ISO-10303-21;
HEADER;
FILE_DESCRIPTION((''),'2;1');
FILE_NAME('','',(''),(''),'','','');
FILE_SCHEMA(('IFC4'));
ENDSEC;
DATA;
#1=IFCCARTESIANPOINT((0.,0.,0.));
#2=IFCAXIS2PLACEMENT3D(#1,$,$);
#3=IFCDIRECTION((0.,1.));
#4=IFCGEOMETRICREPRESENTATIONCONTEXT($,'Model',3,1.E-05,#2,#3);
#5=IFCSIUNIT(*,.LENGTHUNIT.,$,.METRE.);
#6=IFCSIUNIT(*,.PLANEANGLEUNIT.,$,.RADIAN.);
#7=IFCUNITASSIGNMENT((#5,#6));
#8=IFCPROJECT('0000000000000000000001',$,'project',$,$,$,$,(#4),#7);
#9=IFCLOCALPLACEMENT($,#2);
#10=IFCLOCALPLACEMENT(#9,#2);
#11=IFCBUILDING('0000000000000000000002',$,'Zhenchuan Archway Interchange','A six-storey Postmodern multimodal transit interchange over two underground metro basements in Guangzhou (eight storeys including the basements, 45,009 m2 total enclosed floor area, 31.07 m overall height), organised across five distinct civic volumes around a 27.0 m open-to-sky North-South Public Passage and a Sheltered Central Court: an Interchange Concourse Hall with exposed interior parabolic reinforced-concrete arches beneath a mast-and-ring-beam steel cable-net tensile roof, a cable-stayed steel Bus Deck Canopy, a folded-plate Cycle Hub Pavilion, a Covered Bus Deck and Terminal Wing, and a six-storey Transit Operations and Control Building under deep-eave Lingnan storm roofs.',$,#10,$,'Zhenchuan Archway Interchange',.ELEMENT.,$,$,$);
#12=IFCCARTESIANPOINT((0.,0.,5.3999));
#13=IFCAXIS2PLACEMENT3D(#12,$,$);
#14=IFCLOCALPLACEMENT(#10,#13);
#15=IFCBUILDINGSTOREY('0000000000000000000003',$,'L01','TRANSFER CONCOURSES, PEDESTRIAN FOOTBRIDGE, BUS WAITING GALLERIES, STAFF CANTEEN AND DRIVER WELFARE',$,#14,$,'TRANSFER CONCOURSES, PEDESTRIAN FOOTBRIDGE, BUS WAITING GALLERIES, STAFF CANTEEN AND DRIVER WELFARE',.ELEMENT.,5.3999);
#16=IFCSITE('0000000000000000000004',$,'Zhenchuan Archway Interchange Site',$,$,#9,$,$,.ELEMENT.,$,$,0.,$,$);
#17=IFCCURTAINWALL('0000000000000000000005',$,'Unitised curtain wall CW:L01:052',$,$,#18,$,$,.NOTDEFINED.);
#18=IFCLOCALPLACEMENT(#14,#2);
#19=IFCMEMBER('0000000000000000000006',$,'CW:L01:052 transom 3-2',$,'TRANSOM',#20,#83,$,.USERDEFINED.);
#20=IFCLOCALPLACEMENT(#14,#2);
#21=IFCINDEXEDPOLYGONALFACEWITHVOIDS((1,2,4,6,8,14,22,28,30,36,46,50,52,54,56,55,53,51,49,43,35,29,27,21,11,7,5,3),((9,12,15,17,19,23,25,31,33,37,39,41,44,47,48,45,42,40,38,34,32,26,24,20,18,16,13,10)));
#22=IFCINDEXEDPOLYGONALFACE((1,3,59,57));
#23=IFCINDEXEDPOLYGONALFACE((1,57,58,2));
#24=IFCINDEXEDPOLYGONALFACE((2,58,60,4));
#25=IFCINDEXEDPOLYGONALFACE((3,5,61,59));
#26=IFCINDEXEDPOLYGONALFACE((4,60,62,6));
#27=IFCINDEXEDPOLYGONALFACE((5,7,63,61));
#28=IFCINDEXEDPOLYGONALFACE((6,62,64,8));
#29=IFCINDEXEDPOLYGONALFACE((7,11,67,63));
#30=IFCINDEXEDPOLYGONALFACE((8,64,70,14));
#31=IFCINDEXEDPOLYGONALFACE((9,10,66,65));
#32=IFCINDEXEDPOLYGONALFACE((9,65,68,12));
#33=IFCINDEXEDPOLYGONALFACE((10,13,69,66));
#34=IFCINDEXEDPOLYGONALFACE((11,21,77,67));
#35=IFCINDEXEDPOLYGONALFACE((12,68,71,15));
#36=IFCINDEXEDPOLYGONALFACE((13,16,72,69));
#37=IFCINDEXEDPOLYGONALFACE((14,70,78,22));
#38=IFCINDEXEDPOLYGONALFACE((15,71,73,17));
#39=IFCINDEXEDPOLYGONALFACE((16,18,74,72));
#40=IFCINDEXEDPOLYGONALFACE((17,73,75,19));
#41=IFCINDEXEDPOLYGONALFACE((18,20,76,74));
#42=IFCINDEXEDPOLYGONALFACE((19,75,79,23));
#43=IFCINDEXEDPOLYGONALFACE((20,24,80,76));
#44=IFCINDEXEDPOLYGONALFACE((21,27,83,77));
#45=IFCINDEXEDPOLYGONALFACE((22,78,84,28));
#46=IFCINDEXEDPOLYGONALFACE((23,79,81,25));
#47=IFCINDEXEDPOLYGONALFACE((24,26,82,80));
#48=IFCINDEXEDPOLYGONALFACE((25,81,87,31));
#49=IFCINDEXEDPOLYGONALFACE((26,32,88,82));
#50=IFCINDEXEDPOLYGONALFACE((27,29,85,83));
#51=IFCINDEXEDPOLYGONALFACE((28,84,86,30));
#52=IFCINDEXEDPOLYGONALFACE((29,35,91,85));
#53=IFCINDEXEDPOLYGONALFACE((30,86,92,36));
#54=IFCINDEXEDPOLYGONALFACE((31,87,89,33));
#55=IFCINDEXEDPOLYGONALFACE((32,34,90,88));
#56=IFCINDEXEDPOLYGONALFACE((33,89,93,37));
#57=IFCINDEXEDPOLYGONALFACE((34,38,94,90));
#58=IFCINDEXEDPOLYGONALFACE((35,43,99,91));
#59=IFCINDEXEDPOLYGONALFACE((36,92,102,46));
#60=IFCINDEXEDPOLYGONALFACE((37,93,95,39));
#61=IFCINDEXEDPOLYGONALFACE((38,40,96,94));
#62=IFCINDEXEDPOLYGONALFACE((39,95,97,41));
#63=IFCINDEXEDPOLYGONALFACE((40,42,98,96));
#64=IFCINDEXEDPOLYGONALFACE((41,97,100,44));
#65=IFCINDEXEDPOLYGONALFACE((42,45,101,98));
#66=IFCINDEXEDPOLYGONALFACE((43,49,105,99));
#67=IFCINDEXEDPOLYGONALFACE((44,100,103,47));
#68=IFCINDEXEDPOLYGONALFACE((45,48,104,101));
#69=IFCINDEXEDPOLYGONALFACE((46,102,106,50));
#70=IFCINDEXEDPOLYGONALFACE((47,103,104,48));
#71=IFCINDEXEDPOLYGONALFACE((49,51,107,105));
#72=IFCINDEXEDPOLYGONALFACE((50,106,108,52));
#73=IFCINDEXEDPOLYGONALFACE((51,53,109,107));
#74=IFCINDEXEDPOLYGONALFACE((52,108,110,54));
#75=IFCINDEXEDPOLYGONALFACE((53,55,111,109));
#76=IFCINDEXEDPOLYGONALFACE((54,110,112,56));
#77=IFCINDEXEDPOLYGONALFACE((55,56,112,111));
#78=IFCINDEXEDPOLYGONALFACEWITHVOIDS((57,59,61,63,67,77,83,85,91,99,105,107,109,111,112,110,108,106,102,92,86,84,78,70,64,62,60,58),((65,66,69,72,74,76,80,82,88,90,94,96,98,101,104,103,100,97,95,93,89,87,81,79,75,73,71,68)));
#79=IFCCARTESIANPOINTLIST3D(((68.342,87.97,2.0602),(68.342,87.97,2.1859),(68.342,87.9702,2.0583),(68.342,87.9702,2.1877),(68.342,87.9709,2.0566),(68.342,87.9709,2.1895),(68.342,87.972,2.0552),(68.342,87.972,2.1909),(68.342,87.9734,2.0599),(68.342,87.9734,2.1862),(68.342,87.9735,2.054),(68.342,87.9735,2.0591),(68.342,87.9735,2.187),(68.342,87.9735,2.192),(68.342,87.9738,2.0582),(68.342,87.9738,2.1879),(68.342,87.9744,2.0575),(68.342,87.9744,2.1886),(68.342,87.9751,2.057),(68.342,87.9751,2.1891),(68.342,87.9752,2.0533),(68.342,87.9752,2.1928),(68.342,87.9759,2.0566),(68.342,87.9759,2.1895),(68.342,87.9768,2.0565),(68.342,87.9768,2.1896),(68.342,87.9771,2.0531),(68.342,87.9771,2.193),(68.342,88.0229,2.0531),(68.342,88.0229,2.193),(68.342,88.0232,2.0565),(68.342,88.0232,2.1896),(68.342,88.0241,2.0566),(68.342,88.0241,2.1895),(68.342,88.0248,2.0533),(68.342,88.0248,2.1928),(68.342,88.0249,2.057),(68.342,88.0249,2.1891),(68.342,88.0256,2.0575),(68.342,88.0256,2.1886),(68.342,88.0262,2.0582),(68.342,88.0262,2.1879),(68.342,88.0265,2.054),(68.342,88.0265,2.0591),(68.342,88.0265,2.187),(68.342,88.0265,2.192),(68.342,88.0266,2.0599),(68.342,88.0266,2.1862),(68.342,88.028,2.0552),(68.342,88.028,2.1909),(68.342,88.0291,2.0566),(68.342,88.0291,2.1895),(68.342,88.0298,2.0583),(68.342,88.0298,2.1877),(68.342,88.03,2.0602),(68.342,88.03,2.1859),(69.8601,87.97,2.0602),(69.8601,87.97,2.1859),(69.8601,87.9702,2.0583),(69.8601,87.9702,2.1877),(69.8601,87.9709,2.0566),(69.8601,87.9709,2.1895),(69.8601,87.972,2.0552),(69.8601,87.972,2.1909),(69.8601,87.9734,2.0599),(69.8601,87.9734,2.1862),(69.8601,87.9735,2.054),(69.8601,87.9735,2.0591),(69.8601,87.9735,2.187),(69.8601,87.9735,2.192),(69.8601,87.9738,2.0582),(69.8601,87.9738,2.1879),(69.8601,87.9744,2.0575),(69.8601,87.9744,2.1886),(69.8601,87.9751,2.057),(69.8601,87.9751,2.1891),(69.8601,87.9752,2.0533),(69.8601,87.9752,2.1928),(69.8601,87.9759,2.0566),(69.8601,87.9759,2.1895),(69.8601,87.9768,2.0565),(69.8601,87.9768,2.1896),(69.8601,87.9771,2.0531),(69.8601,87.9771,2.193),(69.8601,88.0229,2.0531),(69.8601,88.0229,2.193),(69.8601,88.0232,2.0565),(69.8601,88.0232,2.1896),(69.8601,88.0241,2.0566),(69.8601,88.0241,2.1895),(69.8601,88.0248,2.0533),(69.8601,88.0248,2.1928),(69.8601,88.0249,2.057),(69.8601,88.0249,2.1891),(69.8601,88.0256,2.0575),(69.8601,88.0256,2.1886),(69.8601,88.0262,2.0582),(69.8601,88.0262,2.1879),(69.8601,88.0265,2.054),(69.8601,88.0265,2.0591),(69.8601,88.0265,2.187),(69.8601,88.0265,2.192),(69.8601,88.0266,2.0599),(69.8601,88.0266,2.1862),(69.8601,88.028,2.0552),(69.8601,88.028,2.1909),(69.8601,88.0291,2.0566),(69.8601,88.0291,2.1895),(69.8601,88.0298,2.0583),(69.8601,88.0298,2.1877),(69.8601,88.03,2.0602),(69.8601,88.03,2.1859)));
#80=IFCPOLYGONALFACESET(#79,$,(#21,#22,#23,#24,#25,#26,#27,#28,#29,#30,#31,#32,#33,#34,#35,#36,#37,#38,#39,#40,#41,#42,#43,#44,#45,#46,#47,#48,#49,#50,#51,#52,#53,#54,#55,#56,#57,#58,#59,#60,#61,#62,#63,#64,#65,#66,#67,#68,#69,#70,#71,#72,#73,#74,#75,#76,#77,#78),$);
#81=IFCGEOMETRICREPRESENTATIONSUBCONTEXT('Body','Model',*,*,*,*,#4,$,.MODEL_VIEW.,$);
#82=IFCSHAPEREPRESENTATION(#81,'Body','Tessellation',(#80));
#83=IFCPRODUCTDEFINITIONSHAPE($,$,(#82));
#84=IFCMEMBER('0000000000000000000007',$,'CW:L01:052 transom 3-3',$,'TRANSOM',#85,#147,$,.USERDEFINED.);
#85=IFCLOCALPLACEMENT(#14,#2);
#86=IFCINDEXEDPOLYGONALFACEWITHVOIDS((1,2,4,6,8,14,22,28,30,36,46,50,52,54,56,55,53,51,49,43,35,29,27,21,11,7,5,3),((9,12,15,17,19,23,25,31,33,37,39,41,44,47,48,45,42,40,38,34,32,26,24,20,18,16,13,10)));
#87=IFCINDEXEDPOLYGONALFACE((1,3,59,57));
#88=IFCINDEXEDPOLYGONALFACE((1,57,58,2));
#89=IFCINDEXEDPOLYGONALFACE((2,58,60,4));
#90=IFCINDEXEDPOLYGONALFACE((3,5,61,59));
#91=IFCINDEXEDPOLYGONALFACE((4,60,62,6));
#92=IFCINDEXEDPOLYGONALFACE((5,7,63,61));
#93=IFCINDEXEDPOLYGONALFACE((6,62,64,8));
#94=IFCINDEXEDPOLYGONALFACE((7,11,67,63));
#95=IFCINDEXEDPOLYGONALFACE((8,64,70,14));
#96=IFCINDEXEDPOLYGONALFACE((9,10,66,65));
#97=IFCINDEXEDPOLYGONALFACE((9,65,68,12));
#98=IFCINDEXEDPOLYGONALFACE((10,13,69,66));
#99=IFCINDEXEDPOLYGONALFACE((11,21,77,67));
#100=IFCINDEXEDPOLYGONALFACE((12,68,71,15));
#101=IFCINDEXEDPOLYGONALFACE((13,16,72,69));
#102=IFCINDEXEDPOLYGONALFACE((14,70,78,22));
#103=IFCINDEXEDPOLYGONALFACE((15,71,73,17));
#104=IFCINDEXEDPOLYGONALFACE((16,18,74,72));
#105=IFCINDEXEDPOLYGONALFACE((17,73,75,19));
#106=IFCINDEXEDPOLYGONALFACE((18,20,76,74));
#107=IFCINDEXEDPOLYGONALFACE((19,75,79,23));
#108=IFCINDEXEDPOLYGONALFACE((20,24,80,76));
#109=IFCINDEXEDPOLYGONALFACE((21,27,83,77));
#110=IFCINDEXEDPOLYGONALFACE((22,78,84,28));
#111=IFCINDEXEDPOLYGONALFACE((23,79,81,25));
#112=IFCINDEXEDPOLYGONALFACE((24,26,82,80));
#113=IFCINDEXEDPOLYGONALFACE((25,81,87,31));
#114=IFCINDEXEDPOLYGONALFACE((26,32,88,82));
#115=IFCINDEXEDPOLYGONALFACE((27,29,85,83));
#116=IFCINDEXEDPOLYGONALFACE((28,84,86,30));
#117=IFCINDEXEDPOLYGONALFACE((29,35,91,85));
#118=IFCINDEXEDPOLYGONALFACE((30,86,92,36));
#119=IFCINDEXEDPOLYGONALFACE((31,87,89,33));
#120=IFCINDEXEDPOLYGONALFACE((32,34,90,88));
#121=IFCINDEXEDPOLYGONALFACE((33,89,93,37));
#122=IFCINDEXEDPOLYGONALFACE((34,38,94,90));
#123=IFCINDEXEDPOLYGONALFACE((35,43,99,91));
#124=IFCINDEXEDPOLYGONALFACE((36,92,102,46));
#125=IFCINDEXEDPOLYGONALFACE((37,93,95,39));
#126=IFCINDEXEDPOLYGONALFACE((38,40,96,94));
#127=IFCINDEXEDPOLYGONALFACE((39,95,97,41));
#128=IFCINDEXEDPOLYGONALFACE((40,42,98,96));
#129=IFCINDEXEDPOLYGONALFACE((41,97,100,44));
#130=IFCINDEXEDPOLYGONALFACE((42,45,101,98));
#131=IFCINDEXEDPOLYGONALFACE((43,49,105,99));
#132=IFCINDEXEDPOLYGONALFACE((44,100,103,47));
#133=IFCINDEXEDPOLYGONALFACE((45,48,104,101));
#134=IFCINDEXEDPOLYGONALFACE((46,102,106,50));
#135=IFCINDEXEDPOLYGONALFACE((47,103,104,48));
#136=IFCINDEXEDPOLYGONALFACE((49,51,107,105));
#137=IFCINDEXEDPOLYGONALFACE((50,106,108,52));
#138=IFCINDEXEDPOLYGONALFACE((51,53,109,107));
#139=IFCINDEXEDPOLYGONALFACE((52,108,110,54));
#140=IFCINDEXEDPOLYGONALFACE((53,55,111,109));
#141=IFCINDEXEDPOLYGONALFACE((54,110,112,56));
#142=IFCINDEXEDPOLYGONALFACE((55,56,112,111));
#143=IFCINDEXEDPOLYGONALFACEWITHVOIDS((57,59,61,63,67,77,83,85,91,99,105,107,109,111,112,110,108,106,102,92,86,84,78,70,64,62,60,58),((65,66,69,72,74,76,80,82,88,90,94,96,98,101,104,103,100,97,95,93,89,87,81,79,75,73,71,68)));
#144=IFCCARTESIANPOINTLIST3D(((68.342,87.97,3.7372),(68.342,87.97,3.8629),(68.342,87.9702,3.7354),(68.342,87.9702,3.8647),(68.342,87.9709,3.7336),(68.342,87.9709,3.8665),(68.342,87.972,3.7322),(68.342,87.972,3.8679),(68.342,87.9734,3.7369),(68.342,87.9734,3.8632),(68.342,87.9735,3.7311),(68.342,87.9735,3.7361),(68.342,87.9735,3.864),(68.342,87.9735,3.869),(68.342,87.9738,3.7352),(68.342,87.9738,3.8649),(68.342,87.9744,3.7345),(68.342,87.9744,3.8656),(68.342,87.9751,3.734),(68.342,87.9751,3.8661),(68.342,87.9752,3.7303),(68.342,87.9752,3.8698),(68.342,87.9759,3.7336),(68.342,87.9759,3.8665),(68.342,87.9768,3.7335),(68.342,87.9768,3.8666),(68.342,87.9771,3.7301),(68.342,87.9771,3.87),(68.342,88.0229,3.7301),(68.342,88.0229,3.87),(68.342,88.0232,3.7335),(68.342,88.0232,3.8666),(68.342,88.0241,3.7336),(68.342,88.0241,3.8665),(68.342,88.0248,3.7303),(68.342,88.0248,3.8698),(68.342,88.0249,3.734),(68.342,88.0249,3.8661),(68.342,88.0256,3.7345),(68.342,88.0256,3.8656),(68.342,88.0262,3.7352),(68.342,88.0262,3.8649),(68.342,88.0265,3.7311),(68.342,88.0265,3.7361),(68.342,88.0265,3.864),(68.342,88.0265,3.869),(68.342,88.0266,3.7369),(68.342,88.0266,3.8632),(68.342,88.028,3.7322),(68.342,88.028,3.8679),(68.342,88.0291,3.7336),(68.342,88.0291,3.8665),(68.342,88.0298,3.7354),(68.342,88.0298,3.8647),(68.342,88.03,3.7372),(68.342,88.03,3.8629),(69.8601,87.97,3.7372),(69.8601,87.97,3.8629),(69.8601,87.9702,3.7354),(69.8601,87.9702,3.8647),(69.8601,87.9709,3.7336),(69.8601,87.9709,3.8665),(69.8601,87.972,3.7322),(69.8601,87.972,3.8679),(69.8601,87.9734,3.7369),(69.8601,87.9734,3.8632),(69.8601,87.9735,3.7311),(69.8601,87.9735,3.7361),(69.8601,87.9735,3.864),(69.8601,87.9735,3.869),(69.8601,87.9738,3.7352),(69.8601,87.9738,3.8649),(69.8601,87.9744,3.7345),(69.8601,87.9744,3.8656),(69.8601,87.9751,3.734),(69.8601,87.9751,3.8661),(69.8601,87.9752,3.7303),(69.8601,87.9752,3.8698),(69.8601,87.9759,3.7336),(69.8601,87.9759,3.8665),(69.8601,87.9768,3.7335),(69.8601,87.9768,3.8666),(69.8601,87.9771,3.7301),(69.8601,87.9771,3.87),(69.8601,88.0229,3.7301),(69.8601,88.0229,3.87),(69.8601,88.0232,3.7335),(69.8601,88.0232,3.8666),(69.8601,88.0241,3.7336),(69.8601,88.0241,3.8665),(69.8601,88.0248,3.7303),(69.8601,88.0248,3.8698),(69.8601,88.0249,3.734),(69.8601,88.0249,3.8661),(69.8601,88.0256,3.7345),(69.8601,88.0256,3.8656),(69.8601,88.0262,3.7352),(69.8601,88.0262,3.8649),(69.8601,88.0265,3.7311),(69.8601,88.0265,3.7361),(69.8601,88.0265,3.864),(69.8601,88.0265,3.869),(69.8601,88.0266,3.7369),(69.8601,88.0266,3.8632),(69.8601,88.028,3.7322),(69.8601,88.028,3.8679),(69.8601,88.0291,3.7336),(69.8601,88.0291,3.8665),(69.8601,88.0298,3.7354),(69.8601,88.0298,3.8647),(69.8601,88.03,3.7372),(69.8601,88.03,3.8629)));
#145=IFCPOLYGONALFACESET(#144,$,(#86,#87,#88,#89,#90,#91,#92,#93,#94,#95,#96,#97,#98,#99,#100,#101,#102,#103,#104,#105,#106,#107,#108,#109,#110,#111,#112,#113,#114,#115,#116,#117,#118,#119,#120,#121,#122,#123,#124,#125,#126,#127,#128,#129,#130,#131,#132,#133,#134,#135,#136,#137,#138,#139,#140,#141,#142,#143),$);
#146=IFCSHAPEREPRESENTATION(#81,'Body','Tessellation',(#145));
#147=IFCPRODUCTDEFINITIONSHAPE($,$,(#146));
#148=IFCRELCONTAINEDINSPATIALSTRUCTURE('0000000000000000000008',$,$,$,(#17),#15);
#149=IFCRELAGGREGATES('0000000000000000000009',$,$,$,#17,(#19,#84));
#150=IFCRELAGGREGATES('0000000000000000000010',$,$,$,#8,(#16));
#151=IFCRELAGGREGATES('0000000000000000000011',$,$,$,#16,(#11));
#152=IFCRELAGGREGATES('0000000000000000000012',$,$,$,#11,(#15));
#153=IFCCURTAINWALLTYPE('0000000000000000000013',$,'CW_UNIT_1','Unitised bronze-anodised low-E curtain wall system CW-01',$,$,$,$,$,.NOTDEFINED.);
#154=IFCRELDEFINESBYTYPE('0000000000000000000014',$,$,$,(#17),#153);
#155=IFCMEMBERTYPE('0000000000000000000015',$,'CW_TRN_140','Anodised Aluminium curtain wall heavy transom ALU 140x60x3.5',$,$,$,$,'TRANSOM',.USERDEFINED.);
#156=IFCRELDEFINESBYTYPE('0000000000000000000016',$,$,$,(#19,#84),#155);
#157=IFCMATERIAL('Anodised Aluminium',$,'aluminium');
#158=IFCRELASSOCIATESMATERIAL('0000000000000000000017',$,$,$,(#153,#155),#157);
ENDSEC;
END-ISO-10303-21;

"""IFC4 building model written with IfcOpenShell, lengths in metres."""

from ifc_helpers import new_model, si_unit, direction, frame, origin, origin_2d, place, context, subcontext, project, spatial, hollow_rectangle, extrude, material, material_profile, profile_set, type_object, element, aggregate, save


model = new_model("IFC4")

# Units and contexts
model_context = context("Model", 3, precision=1e-05, world=origin(), true_north=direction((0.0, 1.0)))
body_context = subcontext(model_context, "Body", "Model", "MODEL_VIEW")
ifc_project = project(units=[si_unit("LENGTHUNIT", "METRE"), si_unit("PLANEANGLEUNIT", "RADIAN")], contexts=[model_context])

# Site, building, storey
site_placement = place(None, origin())
site = spatial("IfcSite", under=ifc_project, at=site_placement, Name="Zhenchuan Archway Interchange Site", CompositionType="ELEMENT", RefElevation=0.0)
building_placement = place(site_placement, origin())
building = spatial("IfcBuilding", under=site, at=building_placement, Name="Zhenchuan Archway Interchange", Description="A six-storey Postmodern multimodal transit interchange over two underground metro basements in Guangzhou (eight storeys including the basements, 45,009 m2 total enclosed floor area, 31.07 m overall height), organised across five distinct civic volumes around a 27.0 m open-to-sky North-South Public Passage and a Sheltered Central Court: an Interchange Concourse Hall with exposed interior parabolic reinforced-concrete arches beneath a mast-and-ring-beam steel cable-net tensile roof, a cable-stayed steel Bus Deck Canopy, a folded-plate Cycle Hub Pavilion, a Covered Bus Deck and Terminal Wing, and a six-storey Transit Operations and Control Building under deep-eave Lingnan storm roofs.", LongName="Zhenchuan Archway Interchange", CompositionType="ELEMENT")
storey_placement = place(building_placement, frame((0.0, 0.0, 5.3999)))
storey = spatial("IfcBuildingStorey", under=building, at=storey_placement, Name="L01", Description="TRANSFER CONCOURSES, PEDESTRIAN FOOTBRIDGE, BUS WAITING GALLERIES, STAFF CANTEEN AND DRIVER WELFARE", LongName="TRANSFER CONCOURSES, PEDESTRIAN FOOTBRIDGE, BUS WAITING GALLERIES, STAFF CANTEEN AND DRIVER WELFARE", CompositionType="ELEMENT", Elevation=5.3999)

# Curtain wall, members
ifc_material_1 = material(Name="Anodised Aluminium", Category="aluminium")
curtain_wall_type = type_object("IfcCurtainWallType", Name="CW_UNIT_1", Description="Unitised bronze-anodised low-E curtain wall system CW-01", PredefinedType="NOTDEFINED", material=ifc_material_1)
curtain_wall_placement = place(storey_placement, origin())
curtain_wall = element("IfcCurtainWall", 1, at=curtain_wall_placement, inside=storey, type_object=curtain_wall_type, Name="Unitised curtain wall CW:L01:052", PredefinedType="NOTDEFINED")
ifc_material_profile_1 = material_profile(ifc_material_1, hollow_rectangle(XDim=0.0601, YDim=0.1399, WallThickness=0.0034, InnerFilletRadius=0.0034, OuterFilletRadius=0.0071, at=origin_2d()), Name="ALU 140x60x3.5")
ifc_profile_set_1 = profile_set([ifc_material_profile_1], Name="Anodised Aluminium")
member_type_1 = type_object("IfcMemberType", Name="CW_TRN_140", Description="Anodised Aluminium curtain wall heavy transom ALU 140x60x3.5", ElementType="TRANSOM", PredefinedType="USERDEFINED", material=ifc_profile_set_1)
member_1_placement = place(storey_placement, frame((68.342, 88.0, 2.123), z_axis=(1.0, 0.0, 0.0), x_axis=(0.0, 1.0, 0.0)))
member_1 = element("IfcMember", 2, at=member_1_placement, type_object=member_type_1, Name="CW:L01:052 transom 3-2", ObjectType="TRANSOM", PredefinedType="USERDEFINED", context=body_context, shape_type="SweptSolid", body=[
    extrude(hollow_rectangle(XDim=0.0601, YDim=0.1399, WallThickness=0.0034, InnerFilletRadius=0.0034, OuterFilletRadius=0.0071, at=origin_2d()), origin(), (0.0, 0.0, 1.0), 1.5181),
])
member_2_placement = place(storey_placement, frame((68.342, 88.0, 3.8), z_axis=(1.0, 0.0, 0.0), x_axis=(0.0, 1.0, 0.0)))
member_2 = element("IfcMember", 3, at=member_2_placement, type_object=member_type_1, Name="CW:L01:052 transom 3-3", ObjectType="TRANSOM", PredefinedType="USERDEFINED", context=body_context, shape_type="SweptSolid", body=[
    extrude(hollow_rectangle(XDim=0.0601, YDim=0.1399, WallThickness=0.0034, InnerFilletRadius=0.0034, OuterFilletRadius=0.0071, at=origin_2d()), origin(), (0.0, 0.0, 1.0), 1.5181),
])

aggregate(curtain_wall, [member_1, member_2])

save(model, "model.ifc")
